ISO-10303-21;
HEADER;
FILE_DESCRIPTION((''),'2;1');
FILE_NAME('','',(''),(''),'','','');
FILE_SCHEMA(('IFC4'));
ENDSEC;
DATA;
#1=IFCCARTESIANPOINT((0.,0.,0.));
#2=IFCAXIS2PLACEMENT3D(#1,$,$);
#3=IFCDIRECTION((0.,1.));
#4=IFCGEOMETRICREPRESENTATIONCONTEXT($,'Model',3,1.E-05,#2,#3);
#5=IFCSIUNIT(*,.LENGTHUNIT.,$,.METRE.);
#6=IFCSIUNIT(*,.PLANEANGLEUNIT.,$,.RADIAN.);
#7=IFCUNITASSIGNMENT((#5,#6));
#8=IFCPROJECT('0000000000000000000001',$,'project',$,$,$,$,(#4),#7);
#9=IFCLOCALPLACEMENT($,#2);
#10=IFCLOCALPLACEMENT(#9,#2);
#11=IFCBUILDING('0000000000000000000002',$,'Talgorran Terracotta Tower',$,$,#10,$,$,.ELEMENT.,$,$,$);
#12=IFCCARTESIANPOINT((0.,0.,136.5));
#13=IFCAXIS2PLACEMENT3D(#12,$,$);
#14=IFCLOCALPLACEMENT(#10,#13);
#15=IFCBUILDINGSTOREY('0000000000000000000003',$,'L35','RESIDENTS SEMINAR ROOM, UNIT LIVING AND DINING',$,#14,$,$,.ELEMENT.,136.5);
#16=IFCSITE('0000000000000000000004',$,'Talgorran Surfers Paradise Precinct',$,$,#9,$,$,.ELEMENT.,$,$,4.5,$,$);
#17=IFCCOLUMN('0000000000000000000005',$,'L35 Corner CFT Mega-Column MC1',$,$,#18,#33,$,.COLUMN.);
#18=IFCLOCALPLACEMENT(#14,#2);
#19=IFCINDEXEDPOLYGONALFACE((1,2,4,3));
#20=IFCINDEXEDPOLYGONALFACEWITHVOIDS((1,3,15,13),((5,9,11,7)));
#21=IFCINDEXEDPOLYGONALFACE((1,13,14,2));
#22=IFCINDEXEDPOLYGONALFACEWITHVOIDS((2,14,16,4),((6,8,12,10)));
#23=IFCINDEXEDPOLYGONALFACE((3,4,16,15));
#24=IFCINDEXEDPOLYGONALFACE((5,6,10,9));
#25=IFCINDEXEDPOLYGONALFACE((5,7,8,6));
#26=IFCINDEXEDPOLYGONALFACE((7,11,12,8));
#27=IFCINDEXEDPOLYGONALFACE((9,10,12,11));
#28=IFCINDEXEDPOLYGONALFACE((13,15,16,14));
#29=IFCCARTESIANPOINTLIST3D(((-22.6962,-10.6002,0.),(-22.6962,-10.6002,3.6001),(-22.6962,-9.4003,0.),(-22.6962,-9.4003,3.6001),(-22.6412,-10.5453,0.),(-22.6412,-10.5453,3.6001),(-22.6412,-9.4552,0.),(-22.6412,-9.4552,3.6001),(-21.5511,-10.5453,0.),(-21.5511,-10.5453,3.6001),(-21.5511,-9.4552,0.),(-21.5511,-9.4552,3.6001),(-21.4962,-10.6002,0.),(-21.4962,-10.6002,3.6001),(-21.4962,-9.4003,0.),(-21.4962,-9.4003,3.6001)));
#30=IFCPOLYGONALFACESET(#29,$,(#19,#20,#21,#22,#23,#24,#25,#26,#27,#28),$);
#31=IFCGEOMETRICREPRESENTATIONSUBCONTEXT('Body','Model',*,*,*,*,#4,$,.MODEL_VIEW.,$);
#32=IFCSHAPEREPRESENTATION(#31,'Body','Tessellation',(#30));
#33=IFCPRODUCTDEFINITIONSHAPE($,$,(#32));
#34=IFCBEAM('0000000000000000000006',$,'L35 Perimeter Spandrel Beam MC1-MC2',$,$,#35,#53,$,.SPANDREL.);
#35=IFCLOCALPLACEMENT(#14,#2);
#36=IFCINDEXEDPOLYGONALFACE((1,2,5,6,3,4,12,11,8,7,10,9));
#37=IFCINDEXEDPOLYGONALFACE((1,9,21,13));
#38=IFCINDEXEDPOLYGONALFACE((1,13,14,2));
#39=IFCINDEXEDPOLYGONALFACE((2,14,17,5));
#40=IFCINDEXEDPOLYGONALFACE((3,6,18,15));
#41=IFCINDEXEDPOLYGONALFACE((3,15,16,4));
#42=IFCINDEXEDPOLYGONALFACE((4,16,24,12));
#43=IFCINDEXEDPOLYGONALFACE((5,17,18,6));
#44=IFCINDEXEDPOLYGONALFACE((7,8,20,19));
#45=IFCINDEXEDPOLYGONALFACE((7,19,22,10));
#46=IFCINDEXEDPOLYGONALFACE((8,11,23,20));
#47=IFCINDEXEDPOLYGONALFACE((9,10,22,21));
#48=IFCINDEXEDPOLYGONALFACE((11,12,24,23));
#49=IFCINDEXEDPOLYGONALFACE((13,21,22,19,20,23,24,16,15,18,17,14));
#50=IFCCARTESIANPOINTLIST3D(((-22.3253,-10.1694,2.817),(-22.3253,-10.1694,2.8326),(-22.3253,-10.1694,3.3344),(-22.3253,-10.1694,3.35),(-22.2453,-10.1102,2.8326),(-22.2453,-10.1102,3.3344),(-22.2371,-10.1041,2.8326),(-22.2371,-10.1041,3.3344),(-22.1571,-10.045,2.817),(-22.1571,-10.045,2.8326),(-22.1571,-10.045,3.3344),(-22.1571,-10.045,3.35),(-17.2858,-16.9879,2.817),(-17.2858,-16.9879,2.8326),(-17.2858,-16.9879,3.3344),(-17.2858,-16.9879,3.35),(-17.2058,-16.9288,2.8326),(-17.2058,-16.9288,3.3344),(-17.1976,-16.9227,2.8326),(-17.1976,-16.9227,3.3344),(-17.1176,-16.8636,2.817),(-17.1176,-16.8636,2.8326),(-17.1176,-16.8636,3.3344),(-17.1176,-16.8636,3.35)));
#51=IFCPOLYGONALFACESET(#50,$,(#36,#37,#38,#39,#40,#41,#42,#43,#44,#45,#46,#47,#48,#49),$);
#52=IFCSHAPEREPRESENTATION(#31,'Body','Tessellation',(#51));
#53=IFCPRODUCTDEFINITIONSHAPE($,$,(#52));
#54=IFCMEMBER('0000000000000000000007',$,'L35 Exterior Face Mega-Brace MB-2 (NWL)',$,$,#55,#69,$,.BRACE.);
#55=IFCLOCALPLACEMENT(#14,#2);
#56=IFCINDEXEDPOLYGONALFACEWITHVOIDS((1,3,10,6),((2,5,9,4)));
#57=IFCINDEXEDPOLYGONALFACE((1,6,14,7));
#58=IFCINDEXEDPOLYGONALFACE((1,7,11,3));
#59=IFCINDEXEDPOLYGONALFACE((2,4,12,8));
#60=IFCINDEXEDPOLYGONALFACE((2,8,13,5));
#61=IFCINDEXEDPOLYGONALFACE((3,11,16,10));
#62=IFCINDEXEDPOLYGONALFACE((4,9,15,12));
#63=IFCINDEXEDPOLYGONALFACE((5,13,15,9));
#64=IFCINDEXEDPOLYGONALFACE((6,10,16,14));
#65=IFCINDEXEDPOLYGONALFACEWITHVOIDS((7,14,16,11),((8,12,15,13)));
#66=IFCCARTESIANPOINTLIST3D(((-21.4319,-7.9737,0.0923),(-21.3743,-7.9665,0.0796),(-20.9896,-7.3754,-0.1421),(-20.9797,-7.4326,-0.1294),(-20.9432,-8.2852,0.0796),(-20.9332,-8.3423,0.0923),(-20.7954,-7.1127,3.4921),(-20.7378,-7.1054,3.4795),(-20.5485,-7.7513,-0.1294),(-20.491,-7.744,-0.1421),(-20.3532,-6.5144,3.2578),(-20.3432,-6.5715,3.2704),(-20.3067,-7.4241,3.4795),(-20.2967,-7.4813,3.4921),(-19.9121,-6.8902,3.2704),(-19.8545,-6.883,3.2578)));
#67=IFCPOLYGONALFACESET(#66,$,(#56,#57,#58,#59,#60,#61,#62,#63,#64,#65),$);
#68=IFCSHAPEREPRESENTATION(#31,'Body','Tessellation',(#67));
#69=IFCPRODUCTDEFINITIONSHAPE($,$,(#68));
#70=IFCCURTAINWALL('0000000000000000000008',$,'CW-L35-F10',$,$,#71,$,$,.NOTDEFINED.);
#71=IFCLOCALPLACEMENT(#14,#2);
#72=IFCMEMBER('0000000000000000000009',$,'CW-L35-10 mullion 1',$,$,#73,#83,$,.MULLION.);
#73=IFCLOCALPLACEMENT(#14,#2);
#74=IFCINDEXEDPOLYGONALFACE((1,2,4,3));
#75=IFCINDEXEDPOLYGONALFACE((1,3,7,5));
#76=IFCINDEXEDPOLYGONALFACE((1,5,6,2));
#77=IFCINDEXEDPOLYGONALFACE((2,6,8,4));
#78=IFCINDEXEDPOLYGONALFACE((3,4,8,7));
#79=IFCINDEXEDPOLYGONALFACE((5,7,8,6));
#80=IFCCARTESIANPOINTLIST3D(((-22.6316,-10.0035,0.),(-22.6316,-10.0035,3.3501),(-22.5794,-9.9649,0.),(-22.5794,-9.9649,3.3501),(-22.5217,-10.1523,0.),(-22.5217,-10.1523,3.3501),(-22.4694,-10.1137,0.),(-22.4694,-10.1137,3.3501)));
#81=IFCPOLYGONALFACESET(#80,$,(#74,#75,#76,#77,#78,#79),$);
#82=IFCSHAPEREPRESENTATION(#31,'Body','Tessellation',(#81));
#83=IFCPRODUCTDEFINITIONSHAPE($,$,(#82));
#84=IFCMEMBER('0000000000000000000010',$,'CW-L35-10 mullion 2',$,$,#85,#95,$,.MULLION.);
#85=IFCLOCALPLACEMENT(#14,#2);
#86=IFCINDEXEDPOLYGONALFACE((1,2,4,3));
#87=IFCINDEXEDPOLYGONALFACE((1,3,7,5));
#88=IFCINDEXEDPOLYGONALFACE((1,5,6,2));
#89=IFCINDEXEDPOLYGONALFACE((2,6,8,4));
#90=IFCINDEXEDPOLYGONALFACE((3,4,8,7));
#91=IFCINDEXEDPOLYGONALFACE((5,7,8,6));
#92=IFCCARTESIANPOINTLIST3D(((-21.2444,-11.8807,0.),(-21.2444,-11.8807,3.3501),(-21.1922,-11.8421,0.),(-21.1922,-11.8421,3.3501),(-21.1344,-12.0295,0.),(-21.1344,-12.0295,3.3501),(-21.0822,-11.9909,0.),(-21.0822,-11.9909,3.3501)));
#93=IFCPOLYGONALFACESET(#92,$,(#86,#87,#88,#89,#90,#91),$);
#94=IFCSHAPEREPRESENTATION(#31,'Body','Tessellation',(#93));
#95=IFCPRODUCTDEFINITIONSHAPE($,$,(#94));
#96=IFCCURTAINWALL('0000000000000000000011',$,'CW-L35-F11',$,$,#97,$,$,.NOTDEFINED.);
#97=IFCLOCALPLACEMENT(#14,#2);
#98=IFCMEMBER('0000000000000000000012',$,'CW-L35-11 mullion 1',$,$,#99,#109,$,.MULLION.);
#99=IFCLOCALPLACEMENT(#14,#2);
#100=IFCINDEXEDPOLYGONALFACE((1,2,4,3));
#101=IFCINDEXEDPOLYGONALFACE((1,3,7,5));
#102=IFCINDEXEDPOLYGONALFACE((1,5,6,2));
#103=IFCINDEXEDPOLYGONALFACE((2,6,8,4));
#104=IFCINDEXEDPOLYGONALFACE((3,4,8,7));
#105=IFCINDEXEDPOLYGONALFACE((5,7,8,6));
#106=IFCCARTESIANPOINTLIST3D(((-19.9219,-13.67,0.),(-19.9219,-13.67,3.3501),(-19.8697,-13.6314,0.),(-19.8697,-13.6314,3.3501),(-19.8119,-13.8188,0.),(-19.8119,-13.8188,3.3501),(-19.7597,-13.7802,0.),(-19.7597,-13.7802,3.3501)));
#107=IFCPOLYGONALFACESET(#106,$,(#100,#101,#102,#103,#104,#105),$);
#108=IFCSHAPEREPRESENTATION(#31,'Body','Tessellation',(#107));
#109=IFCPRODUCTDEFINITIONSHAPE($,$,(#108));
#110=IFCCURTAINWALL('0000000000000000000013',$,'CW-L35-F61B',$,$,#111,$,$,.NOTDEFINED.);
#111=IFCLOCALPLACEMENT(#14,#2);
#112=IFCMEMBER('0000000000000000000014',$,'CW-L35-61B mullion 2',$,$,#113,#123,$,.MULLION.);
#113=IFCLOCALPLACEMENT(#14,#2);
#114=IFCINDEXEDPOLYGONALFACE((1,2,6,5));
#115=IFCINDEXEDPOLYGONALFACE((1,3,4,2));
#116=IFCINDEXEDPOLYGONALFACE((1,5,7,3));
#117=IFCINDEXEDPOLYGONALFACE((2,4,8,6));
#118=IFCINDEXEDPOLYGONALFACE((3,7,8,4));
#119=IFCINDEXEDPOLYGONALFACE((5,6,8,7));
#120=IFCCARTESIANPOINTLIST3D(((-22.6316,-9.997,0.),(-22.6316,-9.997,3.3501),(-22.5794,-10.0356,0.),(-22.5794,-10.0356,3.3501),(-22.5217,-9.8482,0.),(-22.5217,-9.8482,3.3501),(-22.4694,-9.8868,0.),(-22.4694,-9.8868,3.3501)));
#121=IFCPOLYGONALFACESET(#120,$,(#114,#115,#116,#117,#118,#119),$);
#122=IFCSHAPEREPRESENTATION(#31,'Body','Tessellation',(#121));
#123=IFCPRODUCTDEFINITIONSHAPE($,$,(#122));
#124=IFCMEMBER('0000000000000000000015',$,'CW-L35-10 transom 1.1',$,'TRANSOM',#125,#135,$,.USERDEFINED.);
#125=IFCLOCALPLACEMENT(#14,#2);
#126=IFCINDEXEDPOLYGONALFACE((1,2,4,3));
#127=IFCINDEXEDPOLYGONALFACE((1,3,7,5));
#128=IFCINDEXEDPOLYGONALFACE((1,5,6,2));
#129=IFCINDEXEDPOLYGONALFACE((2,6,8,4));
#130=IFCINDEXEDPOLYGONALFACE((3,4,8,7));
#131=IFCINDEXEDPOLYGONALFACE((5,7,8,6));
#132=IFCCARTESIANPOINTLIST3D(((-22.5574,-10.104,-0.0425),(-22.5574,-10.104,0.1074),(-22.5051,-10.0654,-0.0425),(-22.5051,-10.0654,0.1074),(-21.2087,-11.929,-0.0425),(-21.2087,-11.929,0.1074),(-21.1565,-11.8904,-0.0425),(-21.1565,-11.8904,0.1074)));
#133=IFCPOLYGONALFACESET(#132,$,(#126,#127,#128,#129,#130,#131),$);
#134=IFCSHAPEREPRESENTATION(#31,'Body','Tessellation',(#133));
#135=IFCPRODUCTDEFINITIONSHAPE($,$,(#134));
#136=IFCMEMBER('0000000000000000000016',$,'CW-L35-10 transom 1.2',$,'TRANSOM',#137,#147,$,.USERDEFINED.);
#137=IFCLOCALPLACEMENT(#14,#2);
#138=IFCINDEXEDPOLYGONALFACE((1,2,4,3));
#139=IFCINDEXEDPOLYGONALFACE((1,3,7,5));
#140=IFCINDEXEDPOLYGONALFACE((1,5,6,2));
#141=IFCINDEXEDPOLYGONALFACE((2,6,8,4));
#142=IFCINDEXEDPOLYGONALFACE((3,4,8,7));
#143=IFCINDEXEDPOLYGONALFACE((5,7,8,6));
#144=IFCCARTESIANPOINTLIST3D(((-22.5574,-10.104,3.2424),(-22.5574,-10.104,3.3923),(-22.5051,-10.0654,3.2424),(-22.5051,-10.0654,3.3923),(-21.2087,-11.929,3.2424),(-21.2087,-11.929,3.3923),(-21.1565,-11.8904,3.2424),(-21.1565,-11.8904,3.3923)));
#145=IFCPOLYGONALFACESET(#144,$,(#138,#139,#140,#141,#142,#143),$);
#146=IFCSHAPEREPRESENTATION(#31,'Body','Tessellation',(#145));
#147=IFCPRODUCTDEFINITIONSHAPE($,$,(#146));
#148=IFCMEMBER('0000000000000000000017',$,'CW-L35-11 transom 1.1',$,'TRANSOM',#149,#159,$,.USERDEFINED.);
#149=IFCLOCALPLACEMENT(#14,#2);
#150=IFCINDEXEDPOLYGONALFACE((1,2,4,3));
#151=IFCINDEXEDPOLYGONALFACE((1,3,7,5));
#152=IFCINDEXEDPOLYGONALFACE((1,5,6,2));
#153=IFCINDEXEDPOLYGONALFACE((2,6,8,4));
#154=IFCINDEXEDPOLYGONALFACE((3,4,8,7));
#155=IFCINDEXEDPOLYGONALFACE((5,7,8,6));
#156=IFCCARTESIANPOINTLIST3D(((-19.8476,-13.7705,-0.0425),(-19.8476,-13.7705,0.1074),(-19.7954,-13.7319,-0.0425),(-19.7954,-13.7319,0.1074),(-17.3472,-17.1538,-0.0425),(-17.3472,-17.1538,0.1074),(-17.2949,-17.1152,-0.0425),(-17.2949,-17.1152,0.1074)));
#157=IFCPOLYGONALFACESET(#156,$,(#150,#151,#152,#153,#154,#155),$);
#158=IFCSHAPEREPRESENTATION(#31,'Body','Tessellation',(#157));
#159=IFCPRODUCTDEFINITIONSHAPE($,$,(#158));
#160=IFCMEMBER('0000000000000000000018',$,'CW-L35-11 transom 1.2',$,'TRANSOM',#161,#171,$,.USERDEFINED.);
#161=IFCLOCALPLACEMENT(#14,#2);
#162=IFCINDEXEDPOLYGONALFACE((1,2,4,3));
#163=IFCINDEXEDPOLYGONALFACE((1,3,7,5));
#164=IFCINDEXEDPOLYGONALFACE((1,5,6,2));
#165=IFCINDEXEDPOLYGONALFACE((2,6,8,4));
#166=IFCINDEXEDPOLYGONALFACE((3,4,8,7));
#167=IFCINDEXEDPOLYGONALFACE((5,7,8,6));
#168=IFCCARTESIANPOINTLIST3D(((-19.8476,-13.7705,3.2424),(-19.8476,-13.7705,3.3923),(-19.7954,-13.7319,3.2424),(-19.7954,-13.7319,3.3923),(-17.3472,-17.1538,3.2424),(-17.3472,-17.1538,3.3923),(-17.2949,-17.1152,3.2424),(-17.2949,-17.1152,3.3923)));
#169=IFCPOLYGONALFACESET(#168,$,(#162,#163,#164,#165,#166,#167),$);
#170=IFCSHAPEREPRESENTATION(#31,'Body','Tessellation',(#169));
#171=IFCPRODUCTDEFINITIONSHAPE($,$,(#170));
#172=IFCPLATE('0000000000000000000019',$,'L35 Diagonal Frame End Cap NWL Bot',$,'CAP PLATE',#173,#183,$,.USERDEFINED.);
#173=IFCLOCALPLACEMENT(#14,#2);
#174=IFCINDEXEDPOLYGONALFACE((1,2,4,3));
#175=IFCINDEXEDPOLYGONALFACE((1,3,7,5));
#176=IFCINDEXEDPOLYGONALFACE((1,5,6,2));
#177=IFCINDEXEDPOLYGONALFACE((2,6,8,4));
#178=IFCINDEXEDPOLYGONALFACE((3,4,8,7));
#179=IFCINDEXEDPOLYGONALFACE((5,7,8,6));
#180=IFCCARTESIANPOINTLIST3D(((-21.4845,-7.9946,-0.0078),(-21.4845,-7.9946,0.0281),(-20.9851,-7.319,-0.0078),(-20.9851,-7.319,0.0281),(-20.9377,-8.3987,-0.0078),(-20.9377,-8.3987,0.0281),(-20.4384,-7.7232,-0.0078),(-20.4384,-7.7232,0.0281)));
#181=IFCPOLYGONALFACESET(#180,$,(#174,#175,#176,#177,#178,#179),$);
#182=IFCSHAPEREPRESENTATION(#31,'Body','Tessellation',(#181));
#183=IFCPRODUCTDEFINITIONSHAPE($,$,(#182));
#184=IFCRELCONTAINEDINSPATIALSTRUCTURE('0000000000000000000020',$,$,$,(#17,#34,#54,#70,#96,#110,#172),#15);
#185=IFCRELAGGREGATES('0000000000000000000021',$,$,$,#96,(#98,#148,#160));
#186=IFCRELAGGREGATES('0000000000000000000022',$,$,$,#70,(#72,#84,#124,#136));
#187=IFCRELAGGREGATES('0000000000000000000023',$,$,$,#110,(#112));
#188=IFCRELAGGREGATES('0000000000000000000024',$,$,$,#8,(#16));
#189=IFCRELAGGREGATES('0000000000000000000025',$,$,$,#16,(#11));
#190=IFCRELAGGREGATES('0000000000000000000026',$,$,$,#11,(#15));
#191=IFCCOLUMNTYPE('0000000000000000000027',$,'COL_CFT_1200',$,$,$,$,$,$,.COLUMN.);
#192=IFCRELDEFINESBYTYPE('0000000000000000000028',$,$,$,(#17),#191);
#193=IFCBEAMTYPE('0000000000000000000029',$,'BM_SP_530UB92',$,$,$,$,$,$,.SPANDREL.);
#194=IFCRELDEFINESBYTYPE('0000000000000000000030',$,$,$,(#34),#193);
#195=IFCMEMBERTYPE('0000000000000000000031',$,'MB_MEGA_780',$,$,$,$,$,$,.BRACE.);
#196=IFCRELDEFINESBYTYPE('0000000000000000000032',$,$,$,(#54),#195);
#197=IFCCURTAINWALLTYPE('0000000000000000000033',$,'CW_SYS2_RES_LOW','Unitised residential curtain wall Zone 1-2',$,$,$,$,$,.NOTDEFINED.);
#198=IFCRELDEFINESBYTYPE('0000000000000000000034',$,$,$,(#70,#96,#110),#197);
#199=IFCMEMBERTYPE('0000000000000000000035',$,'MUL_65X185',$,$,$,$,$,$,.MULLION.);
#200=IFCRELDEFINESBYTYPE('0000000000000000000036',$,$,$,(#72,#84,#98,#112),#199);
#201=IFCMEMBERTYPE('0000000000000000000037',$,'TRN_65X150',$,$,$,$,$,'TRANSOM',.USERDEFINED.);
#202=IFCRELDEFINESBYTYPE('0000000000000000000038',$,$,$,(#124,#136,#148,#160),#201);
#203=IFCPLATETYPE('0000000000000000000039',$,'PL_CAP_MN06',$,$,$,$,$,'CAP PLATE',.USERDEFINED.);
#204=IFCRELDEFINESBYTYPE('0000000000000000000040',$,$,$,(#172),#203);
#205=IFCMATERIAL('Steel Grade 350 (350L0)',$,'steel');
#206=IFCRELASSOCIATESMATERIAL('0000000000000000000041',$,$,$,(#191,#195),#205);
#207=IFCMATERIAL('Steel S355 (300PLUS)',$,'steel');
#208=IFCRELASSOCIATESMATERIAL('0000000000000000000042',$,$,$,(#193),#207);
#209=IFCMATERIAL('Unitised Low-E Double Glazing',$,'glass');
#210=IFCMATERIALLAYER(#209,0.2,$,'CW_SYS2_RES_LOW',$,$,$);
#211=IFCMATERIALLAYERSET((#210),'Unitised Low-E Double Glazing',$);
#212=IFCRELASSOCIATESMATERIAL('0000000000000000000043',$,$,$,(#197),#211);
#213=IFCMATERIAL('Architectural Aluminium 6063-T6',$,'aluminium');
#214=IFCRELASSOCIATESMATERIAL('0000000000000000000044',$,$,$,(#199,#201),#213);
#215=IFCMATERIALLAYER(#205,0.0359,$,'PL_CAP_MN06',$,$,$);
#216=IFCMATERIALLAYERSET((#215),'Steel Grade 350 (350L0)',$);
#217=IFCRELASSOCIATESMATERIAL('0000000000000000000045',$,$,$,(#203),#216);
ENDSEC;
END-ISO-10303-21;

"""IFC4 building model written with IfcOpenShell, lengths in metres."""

from ifc_helpers import new_model, si_unit, direction, frame, origin, origin_2d, place, context, subcontext, project, spatial, rectangle, hollow_rectangle, i_section, extrude, material, layer, layer_set, material_profile, profile_set, type_object, element, aggregate, save


model = new_model("IFC4")

# Units and contexts
model_context = context("Model", 3, precision=1e-05, world=origin(), true_north=direction((0.0, 1.0)))
body_context = subcontext(model_context, "Body", "Model", "MODEL_VIEW")
ifc_project = project(units=[si_unit("LENGTHUNIT", "METRE"), si_unit("PLANEANGLEUNIT", "RADIAN")], contexts=[model_context])

# Site, building, storey
site_placement = place(None, origin())
site = spatial("IfcSite", under=ifc_project, at=site_placement, Name="Talgorran Surfers Paradise Precinct", CompositionType="ELEMENT", RefElevation=4.5)
building_placement = place(site_placement, origin())
building = spatial("IfcBuilding", under=site, at=building_placement, Name="Talgorran Terracotta Tower", CompositionType="ELEMENT")
storey_placement = place(building_placement, frame((0.0, 0.0, 136.5)))
storey = spatial("IfcBuildingStorey", under=building, at=storey_placement, Name="L35", Description="RESIDENTS SEMINAR ROOM, UNIT LIVING AND DINING", CompositionType="ELEMENT", Elevation=136.5)

# Column
ifc_material_1 = material(Name="Steel Grade 350 (350L0)", Category="steel")
ifc_material_profile_1 = material_profile(ifc_material_1, hollow_rectangle(XDim=1.2, YDim=1.2, WallThickness=0.0549, at=origin_2d()), Name="CFT1200X1200X55")
ifc_profile_set_1 = profile_set([ifc_material_profile_1], Name="Steel Grade 350 (350L0)")
column_type = type_object("IfcColumnType", Name="COL_CFT_1200", PredefinedType="COLUMN", material=ifc_profile_set_1)
column_placement = place(storey_placement, frame((-22.0962, -10.0002, 0.0), z_axis=(0.0, 0.0, 1.0), x_axis=(1.0, 0.0, 0.0)))
element("IfcColumn", 1, at=column_placement, inside=storey, type_object=column_type, Name="L35 Corner CFT Mega-Column MC1", PredefinedType="COLUMN", context=body_context, shape_type="SweptSolid", body=[
    extrude(hollow_rectangle(XDim=1.2, YDim=1.2, WallThickness=0.0549, at=origin_2d()), origin(), (0.0, 0.0, 1.0), 3.6001),
])

# Beam
ifc_material_2 = material(Name="Steel S355 (300PLUS)", Category="steel")
ifc_material_profile_2 = material_profile(ifc_material_2, i_section(OverallWidth=0.2092, OverallDepth=0.533, WebThickness=0.0103, FlangeThickness=0.0156, at=origin_2d()), Name="530UB92.4")
ifc_profile_set_2 = profile_set([ifc_material_profile_2], Name="Steel S355 (300PLUS)")
beam_type = type_object("IfcBeamType", Name="BM_SP_530UB92", PredefinedType="SPANDREL", material=ifc_profile_set_2)
beam_placement = place(storey_placement, frame((-22.2412, -10.1072, 3.0835), z_axis=(0.594369, -0.804192, 0.0), x_axis=(0.804192, 0.594369, 0.0)))
element("IfcBeam", 2, at=beam_placement, inside=storey, type_object=beam_type, Name="L35 Perimeter Spandrel Beam MC1-MC2", PredefinedType="SPANDREL", context=body_context, shape_type="SweptSolid", body=[
    extrude(i_section(OverallWidth=0.2092, OverallDepth=0.533, WebThickness=0.0103, FlangeThickness=0.0156, at=origin_2d()), origin(), (0.0, 0.0, 1.0), 8.4788),
])

# Member
ifc_material_profile_3 = material_profile(ifc_material_1, hollow_rectangle(XDim=0.6201, YDim=0.78, WallThickness=0.042, at=origin_2d()), Name="WBOX780X620X42")
ifc_profile_set_3 = profile_set([ifc_material_profile_3], Name="Steel Grade 350 (350L0)")
member_type_1 = type_object("IfcMemberType", Name="MB_MEGA_780", PredefinedType="BRACE", material=ifc_profile_set_3)
member_1_placement = place(storey_placement, frame((-20.9614, -7.8589, -0.0249), z_axis=(0.178558, 0.24157, 0.953814), x_axis=(-0.804167, 0.594404, 0.0)))
element("IfcMember", 3, at=member_1_placement, inside=storey, type_object=member_type_1, Name="L35 Exterior Face Mega-Brace MB-2 (NWL)", PredefinedType="BRACE", context=body_context, shape_type="SweptSolid", body=[
    extrude(hollow_rectangle(XDim=0.6201, YDim=0.78, WallThickness=0.042, at=origin_2d()), origin(), (0.0, 0.0, 1.0), 3.5645),
])

# Curtain wall, members
ifc_material_3 = material(Name="Unitised Low-E Double Glazing", Category="glass")
ifc_layer_1 = layer(ifc_material_3, 0.2, Name="CW_SYS2_RES_LOW")
ifc_layer_set_1 = layer_set([ifc_layer_1], Name="Unitised Low-E Double Glazing")
curtain_wall_type = type_object("IfcCurtainWallType", Name="CW_SYS2_RES_LOW", Description="Unitised residential curtain wall Zone 1-2", PredefinedType="NOTDEFINED", material=ifc_layer_set_1)
curtain_wall_1_placement = place(storey_placement, origin())
curtain_wall_1 = element("IfcCurtainWall", 4, at=curtain_wall_1_placement, inside=storey, type_object=curtain_wall_type, Name="CW-L35-F10", PredefinedType="NOTDEFINED")
ifc_material_4 = material(Name="Architectural Aluminium 6063-T6", Category="aluminium")
ifc_material_profile_4 = material_profile(ifc_material_4, rectangle(XDim=0.0649, YDim=0.1851, at=origin_2d()), Name="CWM65X185")
ifc_profile_set_4 = profile_set([ifc_material_profile_4], Name="Architectural Aluminium 6063-T6")
member_type_2 = type_object("IfcMemberType", Name="MUL_65X185", PredefinedType="MULLION", material=ifc_profile_set_4)
member_2_placement = place(storey_placement, frame((-22.5505, -10.0586, 0.0), z_axis=(0.0, 0.0, 1.0), x_axis=(0.804206, 0.59435, 0.0)))
member_2 = element("IfcMember", 5, at=member_2_placement, type_object=member_type_2, Name="CW-L35-10 mullion 1", PredefinedType="MULLION", context=body_context, shape_type="SweptSolid", body=[
    extrude(rectangle(XDim=0.0649, YDim=0.1851, at=origin_2d()), origin(), (0.0, 0.0, 1.0), 3.3501),
])
member_3_placement = place(storey_placement, frame((-21.1633, -11.9358, 0.0), z_axis=(0.0, 0.0, 1.0), x_axis=(0.804206, 0.59435, 0.0)))
member_3 = element("IfcMember", 6, at=member_3_placement, type_object=member_type_2, Name="CW-L35-10 mullion 2", PredefinedType="MULLION", context=body_context, shape_type="SweptSolid", body=[
    extrude(rectangle(XDim=0.0649, YDim=0.1851, at=origin_2d()), origin(), (0.0, 0.0, 1.0), 3.3501),
])

# Curtain walls, members
curtain_wall_2_placement = place(storey_placement, origin())
curtain_wall_2 = element("IfcCurtainWall", 7, at=curtain_wall_2_placement, inside=storey, type_object=curtain_wall_type, Name="CW-L35-F11", PredefinedType="NOTDEFINED")
member_4_placement = place(storey_placement, frame((-19.8408, -13.7251, 0.0), z_axis=(0.0, 0.0, 1.0), x_axis=(0.804194, 0.594366, 0.0)))
member_4 = element("IfcMember", 8, at=member_4_placement, type_object=member_type_2, Name="CW-L35-11 mullion 1", PredefinedType="MULLION", context=body_context, shape_type="SweptSolid", body=[
    extrude(rectangle(XDim=0.0649, YDim=0.1851, at=origin_2d()), origin(), (0.0, 0.0, 1.0), 3.3501),
])
curtain_wall_3_placement = place(storey_placement, origin())
curtain_wall_3 = element("IfcCurtainWall", 9, at=curtain_wall_3_placement, inside=storey, type_object=curtain_wall_type, Name="CW-L35-F61B", PredefinedType="NOTDEFINED")
member_5_placement = place(storey_placement, frame((-22.5505, -9.9419, 0.0), z_axis=(0.0, 0.0, 1.0), x_axis=(0.8042, -0.594359, 0.0)))
member_5 = element("IfcMember", 10, at=member_5_placement, type_object=member_type_2, Name="CW-L35-61B mullion 2", PredefinedType="MULLION", context=body_context, shape_type="SweptSolid", body=[
    extrude(rectangle(XDim=0.0649, YDim=0.1851, at=origin_2d()), origin(), (0.0, 0.0, 1.0), 3.3501),
])

# Members
ifc_material_profile_5 = material_profile(ifc_material_4, rectangle(XDim=0.0649, YDim=0.1499, at=origin_2d()), Name="CWT65X150")
ifc_profile_set_5 = profile_set([ifc_material_profile_5], Name="Architectural Aluminium 6063-T6")
member_type_3 = type_object("IfcMemberType", Name="TRN_65X150", ElementType="TRANSOM", PredefinedType="USERDEFINED", material=ifc_profile_set_5)
member_6_placement = place(storey_placement, frame((-22.5312, -10.0847, 0.0325), z_axis=(0.594321, -0.804228, 0.0), x_axis=(0.804228, 0.594321, 0.0)))
member_6 = element("IfcMember", 11, at=member_6_placement, type_object=member_type_3, Name="CW-L35-10 transom 1.1", ObjectType="TRANSOM", PredefinedType="USERDEFINED", context=body_context, shape_type="SweptSolid", body=[
    extrude(rectangle(XDim=0.0649, YDim=0.1499, at=origin_2d()), origin(), (0.0, 0.0, 1.0), 2.2693),
])
member_7_placement = place(storey_placement, frame((-22.5312, -10.0847, 3.3174), z_axis=(0.594321, -0.804228, 0.0), x_axis=(0.804228, 0.594321, 0.0)))
member_7 = element("IfcMember", 12, at=member_7_placement, type_object=member_type_3, Name="CW-L35-10 transom 1.2", ObjectType="TRANSOM", PredefinedType="USERDEFINED", context=body_context, shape_type="SweptSolid", body=[
    extrude(rectangle(XDim=0.0649, YDim=0.1499, at=origin_2d()), origin(), (0.0, 0.0, 1.0), 2.2693),
])
member_8_placement = place(storey_placement, frame((-19.8215, -13.7512, 0.0325), z_axis=(0.594358, -0.8042, 0.0), x_axis=(0.8042, 0.594358, 0.0)))
member_8 = element("IfcMember", 13, at=member_8_placement, type_object=member_type_3, Name="CW-L35-11 transom 1.1", ObjectType="TRANSOM", PredefinedType="USERDEFINED", context=body_context, shape_type="SweptSolid", body=[
    extrude(rectangle(XDim=0.0649, YDim=0.1499, at=origin_2d()), origin(), (0.0, 0.0, 1.0), 4.207),
])
member_9_placement = place(storey_placement, frame((-19.8215, -13.7512, 3.3174), z_axis=(0.594358, -0.8042, 0.0), x_axis=(0.8042, 0.594358, 0.0)))
member_9 = element("IfcMember", 14, at=member_9_placement, type_object=member_type_3, Name="CW-L35-11 transom 1.2", ObjectType="TRANSOM", PredefinedType="USERDEFINED", context=body_context, shape_type="SweptSolid", body=[
    extrude(rectangle(XDim=0.0649, YDim=0.1499, at=origin_2d()), origin(), (0.0, 0.0, 1.0), 4.207),
])
aggregate(curtain_wall_2, [member_4, member_8, member_9])

# Plate
ifc_layer_2 = layer(ifc_material_1, 0.0359, Name="PL_CAP_MN06")
ifc_layer_set_2 = layer_set([ifc_layer_2], Name="Steel Grade 350 (350L0)")
plate_type_1 = type_object("IfcPlateType", Name="PL_CAP_MN06", ElementType="CAP PLATE", PredefinedType="USERDEFINED", material=ifc_layer_set_2)
plate_1_placement = place(storey_placement, frame((-20.9614, -7.8589, -0.0078), z_axis=(0.0, 0.0, 1.0), x_axis=(0.594402, 0.804168, 0.0)))
element("IfcPlate", 15, at=plate_1_placement, inside=storey, type_object=plate_type_1, Name="L35 Diagonal Frame End Cap NWL Bot", ObjectType="CAP PLATE", PredefinedType="USERDEFINED", context=body_context, shape_type="SweptSolid", body=[
    extrude(rectangle(XDim=0.8401, YDim=0.6799, at=origin_2d()), origin(), (0.0, 0.0, 1.0), 0.0359),
])
aggregate(curtain_wall_1, [member_2, member_3, member_6, member_7])
aggregate(curtain_wall_3, [member_5])

save(model, "model.ifc")
